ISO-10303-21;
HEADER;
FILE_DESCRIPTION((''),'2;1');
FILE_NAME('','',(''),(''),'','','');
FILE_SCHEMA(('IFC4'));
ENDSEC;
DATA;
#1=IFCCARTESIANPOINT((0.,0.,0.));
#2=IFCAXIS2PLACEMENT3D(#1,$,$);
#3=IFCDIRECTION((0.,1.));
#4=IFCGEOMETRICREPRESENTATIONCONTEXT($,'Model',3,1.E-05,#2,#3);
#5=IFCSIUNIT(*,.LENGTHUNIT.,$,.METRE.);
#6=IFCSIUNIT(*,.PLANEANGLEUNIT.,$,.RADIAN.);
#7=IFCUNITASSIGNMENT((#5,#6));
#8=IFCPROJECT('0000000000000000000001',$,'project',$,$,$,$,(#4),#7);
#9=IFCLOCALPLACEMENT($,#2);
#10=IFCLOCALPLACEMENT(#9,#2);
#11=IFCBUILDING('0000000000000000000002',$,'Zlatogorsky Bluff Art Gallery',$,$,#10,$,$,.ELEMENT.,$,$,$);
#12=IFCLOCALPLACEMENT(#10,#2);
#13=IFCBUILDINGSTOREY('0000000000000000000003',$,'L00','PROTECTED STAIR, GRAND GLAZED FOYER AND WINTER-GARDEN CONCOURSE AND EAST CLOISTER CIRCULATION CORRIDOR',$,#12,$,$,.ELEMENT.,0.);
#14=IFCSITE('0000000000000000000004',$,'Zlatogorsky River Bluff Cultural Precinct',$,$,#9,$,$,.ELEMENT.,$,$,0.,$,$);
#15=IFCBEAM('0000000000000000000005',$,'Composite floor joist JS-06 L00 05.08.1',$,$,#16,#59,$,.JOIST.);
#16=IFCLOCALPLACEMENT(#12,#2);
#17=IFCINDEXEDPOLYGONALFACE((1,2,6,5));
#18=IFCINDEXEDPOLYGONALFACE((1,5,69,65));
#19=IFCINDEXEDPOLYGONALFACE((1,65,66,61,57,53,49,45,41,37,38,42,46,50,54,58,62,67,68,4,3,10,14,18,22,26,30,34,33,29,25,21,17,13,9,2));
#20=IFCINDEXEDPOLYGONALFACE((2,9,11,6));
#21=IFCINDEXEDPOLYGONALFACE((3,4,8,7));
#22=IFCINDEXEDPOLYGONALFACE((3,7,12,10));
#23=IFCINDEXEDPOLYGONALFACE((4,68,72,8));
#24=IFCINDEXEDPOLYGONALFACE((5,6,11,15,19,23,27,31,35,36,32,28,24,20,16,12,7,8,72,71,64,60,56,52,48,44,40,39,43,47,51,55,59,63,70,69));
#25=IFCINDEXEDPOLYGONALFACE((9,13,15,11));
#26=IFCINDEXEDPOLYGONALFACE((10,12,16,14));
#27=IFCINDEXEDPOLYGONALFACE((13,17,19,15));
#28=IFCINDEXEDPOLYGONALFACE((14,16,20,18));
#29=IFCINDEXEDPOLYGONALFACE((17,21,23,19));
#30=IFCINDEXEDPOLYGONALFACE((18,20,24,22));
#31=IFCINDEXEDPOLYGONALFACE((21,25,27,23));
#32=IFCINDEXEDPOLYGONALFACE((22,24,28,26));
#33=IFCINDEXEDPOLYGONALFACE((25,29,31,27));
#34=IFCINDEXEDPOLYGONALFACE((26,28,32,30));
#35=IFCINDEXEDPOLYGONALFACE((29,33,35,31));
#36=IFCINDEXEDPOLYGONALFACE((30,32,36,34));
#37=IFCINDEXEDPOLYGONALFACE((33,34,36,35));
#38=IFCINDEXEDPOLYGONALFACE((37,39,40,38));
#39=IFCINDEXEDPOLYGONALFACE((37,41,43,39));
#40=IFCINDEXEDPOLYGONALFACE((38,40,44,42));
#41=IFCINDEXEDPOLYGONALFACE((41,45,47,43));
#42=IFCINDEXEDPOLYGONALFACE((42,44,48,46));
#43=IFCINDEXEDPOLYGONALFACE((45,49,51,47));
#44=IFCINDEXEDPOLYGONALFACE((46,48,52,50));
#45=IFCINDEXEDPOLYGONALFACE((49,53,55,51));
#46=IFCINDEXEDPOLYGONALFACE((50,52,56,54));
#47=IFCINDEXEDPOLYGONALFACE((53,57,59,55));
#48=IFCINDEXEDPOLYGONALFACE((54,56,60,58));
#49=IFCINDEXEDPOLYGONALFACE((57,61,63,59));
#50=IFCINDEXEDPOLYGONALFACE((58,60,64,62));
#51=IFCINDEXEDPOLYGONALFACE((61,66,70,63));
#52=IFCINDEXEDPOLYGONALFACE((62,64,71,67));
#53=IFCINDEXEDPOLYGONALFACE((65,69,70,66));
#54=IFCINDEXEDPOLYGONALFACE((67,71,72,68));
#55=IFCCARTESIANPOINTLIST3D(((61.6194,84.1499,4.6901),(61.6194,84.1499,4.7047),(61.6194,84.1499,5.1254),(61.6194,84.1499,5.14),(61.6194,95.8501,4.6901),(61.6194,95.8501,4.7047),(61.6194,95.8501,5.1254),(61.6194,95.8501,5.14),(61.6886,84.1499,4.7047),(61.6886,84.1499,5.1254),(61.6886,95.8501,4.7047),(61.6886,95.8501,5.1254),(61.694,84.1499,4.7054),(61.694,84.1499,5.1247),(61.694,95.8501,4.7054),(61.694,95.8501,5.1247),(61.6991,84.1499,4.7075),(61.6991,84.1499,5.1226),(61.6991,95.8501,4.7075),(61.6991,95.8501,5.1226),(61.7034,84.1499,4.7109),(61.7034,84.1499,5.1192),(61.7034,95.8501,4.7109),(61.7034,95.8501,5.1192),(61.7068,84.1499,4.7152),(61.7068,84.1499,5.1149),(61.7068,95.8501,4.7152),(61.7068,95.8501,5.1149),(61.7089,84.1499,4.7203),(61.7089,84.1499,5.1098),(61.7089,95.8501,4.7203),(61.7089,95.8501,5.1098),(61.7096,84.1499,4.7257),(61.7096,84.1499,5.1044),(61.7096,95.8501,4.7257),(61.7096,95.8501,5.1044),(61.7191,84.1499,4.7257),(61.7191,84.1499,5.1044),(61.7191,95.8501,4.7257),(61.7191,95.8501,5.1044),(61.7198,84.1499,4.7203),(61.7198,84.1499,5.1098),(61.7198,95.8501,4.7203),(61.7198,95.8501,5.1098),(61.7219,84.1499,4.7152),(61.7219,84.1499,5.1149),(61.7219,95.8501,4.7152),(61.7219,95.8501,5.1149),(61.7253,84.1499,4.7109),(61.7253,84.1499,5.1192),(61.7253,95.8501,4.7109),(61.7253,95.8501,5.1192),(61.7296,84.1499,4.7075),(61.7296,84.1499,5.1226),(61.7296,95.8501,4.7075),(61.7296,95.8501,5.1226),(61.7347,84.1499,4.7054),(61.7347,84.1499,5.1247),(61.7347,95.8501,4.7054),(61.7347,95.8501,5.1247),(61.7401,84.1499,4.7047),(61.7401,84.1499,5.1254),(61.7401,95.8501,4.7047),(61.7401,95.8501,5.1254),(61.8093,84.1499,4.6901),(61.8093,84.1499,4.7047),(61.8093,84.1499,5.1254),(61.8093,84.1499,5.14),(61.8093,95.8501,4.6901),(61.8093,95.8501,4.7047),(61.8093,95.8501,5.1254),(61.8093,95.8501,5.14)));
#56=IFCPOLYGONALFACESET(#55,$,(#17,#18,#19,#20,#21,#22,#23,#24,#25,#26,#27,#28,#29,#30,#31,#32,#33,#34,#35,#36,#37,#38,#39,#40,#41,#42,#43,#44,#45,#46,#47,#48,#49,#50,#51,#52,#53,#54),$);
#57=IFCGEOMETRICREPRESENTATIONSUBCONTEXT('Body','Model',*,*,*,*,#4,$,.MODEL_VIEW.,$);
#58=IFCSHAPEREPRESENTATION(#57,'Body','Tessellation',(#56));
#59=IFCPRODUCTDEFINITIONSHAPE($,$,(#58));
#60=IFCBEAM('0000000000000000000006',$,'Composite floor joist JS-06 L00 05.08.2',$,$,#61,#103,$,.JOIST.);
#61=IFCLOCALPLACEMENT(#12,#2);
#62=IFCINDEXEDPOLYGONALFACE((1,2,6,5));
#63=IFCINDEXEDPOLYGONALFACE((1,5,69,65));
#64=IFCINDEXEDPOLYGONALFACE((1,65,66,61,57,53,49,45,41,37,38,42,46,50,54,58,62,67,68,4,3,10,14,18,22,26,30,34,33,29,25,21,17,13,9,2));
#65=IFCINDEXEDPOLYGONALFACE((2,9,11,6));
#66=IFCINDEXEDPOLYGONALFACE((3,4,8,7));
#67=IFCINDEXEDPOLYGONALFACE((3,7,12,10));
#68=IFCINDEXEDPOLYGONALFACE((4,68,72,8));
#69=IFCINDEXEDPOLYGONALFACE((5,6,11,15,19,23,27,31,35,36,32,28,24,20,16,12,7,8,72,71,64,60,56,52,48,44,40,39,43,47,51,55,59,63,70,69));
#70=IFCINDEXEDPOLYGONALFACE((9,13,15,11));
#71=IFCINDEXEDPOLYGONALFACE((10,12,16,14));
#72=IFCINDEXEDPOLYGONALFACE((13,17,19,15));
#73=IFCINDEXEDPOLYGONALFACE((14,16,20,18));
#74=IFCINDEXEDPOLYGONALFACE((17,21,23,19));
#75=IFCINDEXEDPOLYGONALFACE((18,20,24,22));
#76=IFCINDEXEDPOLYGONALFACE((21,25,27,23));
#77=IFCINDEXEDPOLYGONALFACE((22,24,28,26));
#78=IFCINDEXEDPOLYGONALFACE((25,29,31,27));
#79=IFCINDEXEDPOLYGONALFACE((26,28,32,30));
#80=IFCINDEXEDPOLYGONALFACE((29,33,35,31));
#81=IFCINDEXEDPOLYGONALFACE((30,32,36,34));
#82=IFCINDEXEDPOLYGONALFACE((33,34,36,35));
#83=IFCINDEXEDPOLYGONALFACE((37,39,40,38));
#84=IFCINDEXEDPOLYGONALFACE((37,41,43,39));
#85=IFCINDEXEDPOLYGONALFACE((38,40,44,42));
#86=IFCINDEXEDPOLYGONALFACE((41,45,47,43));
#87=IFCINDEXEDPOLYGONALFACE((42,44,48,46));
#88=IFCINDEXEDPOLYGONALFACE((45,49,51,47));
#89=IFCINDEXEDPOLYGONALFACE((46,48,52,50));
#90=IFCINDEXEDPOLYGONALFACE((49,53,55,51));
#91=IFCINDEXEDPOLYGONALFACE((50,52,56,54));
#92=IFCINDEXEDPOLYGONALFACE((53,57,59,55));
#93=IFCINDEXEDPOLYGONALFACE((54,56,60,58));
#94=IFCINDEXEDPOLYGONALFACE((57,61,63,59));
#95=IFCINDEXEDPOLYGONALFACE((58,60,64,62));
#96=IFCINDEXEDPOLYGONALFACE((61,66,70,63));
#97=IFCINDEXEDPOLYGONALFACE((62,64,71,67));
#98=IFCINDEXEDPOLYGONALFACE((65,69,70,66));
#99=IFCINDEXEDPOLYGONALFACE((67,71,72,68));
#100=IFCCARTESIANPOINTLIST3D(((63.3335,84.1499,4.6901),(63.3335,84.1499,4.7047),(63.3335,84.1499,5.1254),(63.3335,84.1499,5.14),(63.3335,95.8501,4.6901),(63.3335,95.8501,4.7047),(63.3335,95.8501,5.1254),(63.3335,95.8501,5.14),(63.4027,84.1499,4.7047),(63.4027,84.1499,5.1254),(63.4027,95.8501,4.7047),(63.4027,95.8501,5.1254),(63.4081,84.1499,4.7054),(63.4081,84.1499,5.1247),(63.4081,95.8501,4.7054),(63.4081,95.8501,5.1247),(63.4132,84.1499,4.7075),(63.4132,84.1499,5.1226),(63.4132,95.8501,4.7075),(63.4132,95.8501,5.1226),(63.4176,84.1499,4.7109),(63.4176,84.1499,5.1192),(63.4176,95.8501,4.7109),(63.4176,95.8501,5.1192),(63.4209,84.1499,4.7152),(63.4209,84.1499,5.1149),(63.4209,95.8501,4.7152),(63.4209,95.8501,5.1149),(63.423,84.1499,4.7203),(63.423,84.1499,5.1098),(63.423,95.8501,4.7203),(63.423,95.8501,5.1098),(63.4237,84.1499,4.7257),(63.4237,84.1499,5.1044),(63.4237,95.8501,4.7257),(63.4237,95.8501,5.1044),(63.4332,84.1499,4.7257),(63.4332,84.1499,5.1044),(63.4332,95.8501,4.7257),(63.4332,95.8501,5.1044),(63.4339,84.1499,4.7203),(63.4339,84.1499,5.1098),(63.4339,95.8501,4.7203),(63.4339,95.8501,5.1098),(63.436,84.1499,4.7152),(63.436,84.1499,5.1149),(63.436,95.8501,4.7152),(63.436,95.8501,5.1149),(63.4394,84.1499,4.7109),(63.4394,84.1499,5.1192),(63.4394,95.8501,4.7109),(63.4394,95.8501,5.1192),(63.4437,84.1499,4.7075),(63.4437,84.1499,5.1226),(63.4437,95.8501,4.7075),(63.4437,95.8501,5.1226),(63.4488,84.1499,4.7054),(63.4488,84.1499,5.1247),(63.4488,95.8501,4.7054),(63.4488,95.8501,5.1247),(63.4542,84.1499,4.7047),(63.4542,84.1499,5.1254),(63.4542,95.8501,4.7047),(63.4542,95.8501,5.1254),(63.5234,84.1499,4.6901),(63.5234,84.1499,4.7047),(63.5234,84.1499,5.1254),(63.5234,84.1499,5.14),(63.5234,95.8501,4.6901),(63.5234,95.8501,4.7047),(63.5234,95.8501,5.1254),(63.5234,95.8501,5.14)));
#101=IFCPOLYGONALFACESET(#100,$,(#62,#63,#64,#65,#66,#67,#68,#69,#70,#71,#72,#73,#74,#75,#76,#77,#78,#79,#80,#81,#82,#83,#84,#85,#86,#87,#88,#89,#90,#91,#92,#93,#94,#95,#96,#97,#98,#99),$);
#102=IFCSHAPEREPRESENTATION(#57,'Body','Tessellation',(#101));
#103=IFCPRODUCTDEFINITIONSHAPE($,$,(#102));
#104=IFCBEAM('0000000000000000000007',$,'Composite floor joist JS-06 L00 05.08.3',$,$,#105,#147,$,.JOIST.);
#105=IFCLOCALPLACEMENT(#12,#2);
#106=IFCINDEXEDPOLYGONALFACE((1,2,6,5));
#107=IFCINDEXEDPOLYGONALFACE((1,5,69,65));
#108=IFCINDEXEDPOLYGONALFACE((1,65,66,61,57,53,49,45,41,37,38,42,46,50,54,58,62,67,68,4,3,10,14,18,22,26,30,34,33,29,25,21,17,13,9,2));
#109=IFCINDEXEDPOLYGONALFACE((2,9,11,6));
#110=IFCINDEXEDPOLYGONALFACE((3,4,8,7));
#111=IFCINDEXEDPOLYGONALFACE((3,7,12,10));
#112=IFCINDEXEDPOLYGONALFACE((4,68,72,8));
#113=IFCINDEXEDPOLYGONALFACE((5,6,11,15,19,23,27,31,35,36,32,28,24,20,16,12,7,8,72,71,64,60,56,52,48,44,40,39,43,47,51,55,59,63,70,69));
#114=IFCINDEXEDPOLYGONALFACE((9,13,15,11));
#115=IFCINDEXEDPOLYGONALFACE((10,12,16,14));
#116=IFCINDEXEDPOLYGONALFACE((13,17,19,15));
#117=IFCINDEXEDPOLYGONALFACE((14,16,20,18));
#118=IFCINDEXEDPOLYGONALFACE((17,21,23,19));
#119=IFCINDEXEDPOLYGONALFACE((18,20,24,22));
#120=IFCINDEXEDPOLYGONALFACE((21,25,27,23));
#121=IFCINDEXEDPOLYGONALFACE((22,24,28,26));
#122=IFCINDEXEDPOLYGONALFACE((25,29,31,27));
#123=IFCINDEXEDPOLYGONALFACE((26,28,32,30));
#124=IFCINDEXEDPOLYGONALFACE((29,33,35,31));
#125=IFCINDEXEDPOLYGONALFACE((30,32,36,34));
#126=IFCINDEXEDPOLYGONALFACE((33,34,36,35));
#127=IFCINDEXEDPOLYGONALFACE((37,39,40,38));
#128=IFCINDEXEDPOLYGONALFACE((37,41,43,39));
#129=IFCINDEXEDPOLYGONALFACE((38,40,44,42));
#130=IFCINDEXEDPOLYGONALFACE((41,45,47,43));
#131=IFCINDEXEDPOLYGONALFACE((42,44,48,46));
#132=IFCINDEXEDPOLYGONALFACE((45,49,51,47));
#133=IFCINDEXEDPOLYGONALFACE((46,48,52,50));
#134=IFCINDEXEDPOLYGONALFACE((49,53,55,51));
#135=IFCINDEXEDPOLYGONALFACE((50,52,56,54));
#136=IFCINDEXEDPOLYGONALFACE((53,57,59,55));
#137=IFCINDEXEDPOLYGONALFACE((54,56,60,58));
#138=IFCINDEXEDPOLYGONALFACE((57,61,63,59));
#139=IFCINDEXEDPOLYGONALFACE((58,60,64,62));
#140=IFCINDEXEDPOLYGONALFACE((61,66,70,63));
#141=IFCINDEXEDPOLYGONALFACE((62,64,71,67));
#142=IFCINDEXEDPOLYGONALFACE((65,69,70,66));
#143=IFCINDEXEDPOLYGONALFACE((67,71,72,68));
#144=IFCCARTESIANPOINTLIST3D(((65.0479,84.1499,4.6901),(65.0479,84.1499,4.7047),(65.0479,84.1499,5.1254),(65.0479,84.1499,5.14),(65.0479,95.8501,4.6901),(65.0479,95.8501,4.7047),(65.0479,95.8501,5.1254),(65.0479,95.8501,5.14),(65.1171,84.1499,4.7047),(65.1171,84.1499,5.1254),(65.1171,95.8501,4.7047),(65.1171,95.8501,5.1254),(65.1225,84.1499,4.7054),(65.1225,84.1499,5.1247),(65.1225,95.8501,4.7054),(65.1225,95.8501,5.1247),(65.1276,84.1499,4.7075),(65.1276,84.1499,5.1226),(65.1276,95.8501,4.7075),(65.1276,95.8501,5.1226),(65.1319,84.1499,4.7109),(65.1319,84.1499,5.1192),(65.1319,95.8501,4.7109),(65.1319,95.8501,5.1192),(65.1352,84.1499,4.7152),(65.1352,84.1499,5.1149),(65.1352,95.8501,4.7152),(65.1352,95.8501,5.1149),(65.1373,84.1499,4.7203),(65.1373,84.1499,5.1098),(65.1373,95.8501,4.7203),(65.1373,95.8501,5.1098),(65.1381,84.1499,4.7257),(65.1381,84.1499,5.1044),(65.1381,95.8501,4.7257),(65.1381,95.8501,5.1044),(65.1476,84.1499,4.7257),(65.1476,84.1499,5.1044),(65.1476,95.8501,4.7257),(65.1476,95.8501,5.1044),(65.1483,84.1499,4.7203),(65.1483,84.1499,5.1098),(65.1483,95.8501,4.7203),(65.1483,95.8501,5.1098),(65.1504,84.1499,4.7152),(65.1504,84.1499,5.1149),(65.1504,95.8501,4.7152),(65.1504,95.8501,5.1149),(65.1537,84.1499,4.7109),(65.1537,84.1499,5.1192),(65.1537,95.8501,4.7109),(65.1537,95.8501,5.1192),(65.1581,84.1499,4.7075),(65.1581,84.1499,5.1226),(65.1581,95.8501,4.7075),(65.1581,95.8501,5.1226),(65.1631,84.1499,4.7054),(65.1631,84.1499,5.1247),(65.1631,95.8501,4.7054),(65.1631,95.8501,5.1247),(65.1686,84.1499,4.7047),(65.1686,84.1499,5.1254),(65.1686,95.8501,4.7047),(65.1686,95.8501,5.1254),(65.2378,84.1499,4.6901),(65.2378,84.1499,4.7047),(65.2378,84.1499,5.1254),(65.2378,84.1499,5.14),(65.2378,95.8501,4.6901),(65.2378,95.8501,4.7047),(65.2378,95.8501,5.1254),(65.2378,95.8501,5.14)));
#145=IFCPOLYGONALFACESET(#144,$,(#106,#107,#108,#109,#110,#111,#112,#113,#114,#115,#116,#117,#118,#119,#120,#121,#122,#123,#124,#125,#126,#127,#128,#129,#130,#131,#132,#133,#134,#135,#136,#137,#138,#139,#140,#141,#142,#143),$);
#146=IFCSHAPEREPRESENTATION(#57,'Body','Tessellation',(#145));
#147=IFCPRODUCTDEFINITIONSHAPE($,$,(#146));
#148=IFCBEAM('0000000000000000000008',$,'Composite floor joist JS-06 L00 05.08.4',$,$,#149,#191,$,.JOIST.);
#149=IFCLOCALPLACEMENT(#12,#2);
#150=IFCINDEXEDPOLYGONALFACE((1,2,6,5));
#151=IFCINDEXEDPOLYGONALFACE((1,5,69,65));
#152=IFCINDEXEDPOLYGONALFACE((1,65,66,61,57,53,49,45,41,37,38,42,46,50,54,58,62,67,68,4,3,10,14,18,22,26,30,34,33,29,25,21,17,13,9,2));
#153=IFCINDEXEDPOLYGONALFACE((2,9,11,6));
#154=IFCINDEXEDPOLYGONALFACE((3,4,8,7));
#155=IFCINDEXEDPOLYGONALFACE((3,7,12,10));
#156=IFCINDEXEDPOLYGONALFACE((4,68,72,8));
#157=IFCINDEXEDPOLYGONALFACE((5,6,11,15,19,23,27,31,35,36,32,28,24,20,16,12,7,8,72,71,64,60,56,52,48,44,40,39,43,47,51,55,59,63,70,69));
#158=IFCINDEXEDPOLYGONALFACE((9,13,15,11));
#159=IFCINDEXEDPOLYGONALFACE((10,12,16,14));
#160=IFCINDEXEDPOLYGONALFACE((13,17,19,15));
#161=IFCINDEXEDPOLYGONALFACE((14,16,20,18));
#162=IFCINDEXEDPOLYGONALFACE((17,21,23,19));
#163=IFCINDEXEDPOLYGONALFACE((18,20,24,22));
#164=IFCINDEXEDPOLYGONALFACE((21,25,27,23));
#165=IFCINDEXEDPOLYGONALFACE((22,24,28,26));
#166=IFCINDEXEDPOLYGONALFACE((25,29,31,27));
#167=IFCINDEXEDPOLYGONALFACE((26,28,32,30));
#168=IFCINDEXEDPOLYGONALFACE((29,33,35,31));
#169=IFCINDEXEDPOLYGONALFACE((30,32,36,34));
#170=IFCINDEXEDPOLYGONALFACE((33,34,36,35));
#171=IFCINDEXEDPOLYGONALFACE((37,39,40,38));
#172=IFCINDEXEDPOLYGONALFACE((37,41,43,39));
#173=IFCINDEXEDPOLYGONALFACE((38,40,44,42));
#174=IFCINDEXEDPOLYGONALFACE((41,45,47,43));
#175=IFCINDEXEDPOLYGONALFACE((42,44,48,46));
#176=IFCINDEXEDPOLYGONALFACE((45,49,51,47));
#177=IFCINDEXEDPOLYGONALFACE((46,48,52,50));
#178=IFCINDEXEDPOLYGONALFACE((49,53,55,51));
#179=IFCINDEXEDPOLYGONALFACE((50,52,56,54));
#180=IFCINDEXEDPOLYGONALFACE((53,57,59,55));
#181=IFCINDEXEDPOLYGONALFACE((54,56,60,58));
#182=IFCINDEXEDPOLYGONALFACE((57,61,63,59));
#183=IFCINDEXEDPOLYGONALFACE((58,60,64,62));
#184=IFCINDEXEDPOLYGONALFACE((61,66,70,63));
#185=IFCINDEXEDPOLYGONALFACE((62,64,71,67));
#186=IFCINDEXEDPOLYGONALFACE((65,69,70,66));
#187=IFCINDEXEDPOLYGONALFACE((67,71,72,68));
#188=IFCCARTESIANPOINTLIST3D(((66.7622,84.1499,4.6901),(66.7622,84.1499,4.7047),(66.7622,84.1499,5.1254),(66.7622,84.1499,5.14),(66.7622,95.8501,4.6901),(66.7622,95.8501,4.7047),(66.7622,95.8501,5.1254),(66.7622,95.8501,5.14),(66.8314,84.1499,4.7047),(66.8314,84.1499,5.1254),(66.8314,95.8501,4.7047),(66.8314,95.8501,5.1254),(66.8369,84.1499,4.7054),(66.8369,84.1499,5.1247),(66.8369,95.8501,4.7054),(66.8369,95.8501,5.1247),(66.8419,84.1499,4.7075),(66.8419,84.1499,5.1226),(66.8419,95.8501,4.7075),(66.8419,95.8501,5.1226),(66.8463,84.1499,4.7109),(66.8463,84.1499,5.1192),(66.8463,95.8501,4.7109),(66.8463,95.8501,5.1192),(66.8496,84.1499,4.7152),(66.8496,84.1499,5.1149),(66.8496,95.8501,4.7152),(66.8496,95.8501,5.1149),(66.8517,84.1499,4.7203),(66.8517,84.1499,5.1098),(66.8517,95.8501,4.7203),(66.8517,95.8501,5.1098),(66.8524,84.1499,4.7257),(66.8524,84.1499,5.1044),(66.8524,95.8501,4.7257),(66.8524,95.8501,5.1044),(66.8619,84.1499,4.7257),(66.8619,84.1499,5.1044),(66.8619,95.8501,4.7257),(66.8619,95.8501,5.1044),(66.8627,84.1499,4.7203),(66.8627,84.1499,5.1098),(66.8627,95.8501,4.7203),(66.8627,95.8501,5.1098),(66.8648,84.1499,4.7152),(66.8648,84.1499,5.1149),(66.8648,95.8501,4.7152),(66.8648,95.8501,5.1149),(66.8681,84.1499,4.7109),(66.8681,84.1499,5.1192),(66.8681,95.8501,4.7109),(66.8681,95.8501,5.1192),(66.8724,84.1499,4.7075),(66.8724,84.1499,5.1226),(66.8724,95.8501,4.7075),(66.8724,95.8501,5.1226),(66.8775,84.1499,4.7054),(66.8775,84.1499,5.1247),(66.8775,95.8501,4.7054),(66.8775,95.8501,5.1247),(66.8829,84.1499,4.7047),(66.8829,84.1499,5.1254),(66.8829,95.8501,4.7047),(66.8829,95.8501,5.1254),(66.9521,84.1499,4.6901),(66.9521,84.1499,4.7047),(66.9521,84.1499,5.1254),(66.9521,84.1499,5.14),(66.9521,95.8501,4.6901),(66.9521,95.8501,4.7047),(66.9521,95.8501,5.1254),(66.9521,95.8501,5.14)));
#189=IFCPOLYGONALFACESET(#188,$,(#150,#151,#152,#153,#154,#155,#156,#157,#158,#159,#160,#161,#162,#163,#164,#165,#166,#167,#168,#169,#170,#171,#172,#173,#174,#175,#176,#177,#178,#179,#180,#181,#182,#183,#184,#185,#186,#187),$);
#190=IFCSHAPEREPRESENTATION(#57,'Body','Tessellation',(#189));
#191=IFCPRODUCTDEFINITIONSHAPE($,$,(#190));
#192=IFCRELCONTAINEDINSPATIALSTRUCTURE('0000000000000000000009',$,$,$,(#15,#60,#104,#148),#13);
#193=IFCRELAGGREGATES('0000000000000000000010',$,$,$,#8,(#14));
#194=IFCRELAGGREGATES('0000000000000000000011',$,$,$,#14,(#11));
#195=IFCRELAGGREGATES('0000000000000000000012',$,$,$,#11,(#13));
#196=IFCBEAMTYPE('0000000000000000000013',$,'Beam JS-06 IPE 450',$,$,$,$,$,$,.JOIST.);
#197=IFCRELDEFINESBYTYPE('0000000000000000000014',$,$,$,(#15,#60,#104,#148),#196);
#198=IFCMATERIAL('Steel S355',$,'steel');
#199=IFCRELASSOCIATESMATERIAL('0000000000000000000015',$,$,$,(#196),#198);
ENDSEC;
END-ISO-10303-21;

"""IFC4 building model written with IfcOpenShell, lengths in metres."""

from ifc_helpers import new_model, si_unit, direction, frame, origin, origin_2d, place, context, subcontext, project, spatial, i_section, extrude, material, material_profile, profile_set, type_object, element, save


model = new_model("IFC4")

# Units and contexts
model_context = context("Model", 3, precision=1e-05, world=origin(), true_north=direction((0.0, 1.0)))
body_context = subcontext(model_context, "Body", "Model", "MODEL_VIEW")
ifc_project = project(units=[si_unit("LENGTHUNIT", "METRE"), si_unit("PLANEANGLEUNIT", "RADIAN")], contexts=[model_context])

# Site, building, storey
site_placement = place(None, origin())
site = spatial("IfcSite", under=ifc_project, at=site_placement, Name="Zlatogorsky River Bluff Cultural Precinct", CompositionType="ELEMENT", RefElevation=0.0)
building_placement = place(site_placement, origin())
building = spatial("IfcBuilding", under=site, at=building_placement, Name="Zlatogorsky Bluff Art Gallery", CompositionType="ELEMENT")
storey_placement = place(building_placement, origin())
storey = spatial("IfcBuildingStorey", under=building, at=storey_placement, Name="L00", Description="PROTECTED STAIR, GRAND GLAZED FOYER AND WINTER-GARDEN CONCOURSE AND EAST CLOISTER CIRCULATION CORRIDOR", CompositionType="ELEMENT", Elevation=0.0)

# Shared definitions
ifc_material_1 = material(Name="Steel S355", Category="steel")

# Beams
ifc_material_profile_1 = material_profile(ifc_material_1, i_section(OverallWidth=0.1899, OverallDepth=0.45, WebThickness=0.0095, FlangeThickness=0.0146, FilletRadius=0.021, at=origin_2d()), Name="IPE 450")
ifc_profile_set_1 = profile_set([ifc_material_profile_1], Name="Steel S355")
beam_type_1 = type_object("IfcBeamType", Name="Beam JS-06 IPE 450", PredefinedType="JOIST", material=ifc_profile_set_1)
for number, where, z_axis, x_axis, name in (
    (1, (61.7144, 84.1499, 4.915), (0.0, 1.0, 0.0), (-1.0, 0.0, 0.0), "Composite floor joist JS-06 L00 05.08.1"),
    (2, (63.4285, 84.1499, 4.915), (0.0, 1.0, 0.0), (-1.0, 0.0, 0.0), "Composite floor joist JS-06 L00 05.08.2"),
    (3, (65.1428, 84.1499, 4.915), (0.0, 1.0, 0.0), (-1.0, 0.0, 0.0), "Composite floor joist JS-06 L00 05.08.3"),
    (4, (66.8572, 84.1499, 4.915), (0.0, 1.0, 0.0), (-1.0, 0.0, 0.0), "Composite floor joist JS-06 L00 05.08.4"),
):
    element("IfcBeam", number, at=place(storey_placement, frame(where, z_axis=z_axis, x_axis=x_axis)), inside=storey, type_object=beam_type_1, Name=name, PredefinedType="JOIST", context=body_context, shape_type="SweptSolid", body=[
        extrude(i_section(OverallWidth=0.1899, OverallDepth=0.45, WebThickness=0.0095, FlangeThickness=0.0146, FilletRadius=0.021, at=origin_2d()), origin(), (0.0, 0.0, 1.0), 11.7002),
    ])

save(model, "model.ifc")
